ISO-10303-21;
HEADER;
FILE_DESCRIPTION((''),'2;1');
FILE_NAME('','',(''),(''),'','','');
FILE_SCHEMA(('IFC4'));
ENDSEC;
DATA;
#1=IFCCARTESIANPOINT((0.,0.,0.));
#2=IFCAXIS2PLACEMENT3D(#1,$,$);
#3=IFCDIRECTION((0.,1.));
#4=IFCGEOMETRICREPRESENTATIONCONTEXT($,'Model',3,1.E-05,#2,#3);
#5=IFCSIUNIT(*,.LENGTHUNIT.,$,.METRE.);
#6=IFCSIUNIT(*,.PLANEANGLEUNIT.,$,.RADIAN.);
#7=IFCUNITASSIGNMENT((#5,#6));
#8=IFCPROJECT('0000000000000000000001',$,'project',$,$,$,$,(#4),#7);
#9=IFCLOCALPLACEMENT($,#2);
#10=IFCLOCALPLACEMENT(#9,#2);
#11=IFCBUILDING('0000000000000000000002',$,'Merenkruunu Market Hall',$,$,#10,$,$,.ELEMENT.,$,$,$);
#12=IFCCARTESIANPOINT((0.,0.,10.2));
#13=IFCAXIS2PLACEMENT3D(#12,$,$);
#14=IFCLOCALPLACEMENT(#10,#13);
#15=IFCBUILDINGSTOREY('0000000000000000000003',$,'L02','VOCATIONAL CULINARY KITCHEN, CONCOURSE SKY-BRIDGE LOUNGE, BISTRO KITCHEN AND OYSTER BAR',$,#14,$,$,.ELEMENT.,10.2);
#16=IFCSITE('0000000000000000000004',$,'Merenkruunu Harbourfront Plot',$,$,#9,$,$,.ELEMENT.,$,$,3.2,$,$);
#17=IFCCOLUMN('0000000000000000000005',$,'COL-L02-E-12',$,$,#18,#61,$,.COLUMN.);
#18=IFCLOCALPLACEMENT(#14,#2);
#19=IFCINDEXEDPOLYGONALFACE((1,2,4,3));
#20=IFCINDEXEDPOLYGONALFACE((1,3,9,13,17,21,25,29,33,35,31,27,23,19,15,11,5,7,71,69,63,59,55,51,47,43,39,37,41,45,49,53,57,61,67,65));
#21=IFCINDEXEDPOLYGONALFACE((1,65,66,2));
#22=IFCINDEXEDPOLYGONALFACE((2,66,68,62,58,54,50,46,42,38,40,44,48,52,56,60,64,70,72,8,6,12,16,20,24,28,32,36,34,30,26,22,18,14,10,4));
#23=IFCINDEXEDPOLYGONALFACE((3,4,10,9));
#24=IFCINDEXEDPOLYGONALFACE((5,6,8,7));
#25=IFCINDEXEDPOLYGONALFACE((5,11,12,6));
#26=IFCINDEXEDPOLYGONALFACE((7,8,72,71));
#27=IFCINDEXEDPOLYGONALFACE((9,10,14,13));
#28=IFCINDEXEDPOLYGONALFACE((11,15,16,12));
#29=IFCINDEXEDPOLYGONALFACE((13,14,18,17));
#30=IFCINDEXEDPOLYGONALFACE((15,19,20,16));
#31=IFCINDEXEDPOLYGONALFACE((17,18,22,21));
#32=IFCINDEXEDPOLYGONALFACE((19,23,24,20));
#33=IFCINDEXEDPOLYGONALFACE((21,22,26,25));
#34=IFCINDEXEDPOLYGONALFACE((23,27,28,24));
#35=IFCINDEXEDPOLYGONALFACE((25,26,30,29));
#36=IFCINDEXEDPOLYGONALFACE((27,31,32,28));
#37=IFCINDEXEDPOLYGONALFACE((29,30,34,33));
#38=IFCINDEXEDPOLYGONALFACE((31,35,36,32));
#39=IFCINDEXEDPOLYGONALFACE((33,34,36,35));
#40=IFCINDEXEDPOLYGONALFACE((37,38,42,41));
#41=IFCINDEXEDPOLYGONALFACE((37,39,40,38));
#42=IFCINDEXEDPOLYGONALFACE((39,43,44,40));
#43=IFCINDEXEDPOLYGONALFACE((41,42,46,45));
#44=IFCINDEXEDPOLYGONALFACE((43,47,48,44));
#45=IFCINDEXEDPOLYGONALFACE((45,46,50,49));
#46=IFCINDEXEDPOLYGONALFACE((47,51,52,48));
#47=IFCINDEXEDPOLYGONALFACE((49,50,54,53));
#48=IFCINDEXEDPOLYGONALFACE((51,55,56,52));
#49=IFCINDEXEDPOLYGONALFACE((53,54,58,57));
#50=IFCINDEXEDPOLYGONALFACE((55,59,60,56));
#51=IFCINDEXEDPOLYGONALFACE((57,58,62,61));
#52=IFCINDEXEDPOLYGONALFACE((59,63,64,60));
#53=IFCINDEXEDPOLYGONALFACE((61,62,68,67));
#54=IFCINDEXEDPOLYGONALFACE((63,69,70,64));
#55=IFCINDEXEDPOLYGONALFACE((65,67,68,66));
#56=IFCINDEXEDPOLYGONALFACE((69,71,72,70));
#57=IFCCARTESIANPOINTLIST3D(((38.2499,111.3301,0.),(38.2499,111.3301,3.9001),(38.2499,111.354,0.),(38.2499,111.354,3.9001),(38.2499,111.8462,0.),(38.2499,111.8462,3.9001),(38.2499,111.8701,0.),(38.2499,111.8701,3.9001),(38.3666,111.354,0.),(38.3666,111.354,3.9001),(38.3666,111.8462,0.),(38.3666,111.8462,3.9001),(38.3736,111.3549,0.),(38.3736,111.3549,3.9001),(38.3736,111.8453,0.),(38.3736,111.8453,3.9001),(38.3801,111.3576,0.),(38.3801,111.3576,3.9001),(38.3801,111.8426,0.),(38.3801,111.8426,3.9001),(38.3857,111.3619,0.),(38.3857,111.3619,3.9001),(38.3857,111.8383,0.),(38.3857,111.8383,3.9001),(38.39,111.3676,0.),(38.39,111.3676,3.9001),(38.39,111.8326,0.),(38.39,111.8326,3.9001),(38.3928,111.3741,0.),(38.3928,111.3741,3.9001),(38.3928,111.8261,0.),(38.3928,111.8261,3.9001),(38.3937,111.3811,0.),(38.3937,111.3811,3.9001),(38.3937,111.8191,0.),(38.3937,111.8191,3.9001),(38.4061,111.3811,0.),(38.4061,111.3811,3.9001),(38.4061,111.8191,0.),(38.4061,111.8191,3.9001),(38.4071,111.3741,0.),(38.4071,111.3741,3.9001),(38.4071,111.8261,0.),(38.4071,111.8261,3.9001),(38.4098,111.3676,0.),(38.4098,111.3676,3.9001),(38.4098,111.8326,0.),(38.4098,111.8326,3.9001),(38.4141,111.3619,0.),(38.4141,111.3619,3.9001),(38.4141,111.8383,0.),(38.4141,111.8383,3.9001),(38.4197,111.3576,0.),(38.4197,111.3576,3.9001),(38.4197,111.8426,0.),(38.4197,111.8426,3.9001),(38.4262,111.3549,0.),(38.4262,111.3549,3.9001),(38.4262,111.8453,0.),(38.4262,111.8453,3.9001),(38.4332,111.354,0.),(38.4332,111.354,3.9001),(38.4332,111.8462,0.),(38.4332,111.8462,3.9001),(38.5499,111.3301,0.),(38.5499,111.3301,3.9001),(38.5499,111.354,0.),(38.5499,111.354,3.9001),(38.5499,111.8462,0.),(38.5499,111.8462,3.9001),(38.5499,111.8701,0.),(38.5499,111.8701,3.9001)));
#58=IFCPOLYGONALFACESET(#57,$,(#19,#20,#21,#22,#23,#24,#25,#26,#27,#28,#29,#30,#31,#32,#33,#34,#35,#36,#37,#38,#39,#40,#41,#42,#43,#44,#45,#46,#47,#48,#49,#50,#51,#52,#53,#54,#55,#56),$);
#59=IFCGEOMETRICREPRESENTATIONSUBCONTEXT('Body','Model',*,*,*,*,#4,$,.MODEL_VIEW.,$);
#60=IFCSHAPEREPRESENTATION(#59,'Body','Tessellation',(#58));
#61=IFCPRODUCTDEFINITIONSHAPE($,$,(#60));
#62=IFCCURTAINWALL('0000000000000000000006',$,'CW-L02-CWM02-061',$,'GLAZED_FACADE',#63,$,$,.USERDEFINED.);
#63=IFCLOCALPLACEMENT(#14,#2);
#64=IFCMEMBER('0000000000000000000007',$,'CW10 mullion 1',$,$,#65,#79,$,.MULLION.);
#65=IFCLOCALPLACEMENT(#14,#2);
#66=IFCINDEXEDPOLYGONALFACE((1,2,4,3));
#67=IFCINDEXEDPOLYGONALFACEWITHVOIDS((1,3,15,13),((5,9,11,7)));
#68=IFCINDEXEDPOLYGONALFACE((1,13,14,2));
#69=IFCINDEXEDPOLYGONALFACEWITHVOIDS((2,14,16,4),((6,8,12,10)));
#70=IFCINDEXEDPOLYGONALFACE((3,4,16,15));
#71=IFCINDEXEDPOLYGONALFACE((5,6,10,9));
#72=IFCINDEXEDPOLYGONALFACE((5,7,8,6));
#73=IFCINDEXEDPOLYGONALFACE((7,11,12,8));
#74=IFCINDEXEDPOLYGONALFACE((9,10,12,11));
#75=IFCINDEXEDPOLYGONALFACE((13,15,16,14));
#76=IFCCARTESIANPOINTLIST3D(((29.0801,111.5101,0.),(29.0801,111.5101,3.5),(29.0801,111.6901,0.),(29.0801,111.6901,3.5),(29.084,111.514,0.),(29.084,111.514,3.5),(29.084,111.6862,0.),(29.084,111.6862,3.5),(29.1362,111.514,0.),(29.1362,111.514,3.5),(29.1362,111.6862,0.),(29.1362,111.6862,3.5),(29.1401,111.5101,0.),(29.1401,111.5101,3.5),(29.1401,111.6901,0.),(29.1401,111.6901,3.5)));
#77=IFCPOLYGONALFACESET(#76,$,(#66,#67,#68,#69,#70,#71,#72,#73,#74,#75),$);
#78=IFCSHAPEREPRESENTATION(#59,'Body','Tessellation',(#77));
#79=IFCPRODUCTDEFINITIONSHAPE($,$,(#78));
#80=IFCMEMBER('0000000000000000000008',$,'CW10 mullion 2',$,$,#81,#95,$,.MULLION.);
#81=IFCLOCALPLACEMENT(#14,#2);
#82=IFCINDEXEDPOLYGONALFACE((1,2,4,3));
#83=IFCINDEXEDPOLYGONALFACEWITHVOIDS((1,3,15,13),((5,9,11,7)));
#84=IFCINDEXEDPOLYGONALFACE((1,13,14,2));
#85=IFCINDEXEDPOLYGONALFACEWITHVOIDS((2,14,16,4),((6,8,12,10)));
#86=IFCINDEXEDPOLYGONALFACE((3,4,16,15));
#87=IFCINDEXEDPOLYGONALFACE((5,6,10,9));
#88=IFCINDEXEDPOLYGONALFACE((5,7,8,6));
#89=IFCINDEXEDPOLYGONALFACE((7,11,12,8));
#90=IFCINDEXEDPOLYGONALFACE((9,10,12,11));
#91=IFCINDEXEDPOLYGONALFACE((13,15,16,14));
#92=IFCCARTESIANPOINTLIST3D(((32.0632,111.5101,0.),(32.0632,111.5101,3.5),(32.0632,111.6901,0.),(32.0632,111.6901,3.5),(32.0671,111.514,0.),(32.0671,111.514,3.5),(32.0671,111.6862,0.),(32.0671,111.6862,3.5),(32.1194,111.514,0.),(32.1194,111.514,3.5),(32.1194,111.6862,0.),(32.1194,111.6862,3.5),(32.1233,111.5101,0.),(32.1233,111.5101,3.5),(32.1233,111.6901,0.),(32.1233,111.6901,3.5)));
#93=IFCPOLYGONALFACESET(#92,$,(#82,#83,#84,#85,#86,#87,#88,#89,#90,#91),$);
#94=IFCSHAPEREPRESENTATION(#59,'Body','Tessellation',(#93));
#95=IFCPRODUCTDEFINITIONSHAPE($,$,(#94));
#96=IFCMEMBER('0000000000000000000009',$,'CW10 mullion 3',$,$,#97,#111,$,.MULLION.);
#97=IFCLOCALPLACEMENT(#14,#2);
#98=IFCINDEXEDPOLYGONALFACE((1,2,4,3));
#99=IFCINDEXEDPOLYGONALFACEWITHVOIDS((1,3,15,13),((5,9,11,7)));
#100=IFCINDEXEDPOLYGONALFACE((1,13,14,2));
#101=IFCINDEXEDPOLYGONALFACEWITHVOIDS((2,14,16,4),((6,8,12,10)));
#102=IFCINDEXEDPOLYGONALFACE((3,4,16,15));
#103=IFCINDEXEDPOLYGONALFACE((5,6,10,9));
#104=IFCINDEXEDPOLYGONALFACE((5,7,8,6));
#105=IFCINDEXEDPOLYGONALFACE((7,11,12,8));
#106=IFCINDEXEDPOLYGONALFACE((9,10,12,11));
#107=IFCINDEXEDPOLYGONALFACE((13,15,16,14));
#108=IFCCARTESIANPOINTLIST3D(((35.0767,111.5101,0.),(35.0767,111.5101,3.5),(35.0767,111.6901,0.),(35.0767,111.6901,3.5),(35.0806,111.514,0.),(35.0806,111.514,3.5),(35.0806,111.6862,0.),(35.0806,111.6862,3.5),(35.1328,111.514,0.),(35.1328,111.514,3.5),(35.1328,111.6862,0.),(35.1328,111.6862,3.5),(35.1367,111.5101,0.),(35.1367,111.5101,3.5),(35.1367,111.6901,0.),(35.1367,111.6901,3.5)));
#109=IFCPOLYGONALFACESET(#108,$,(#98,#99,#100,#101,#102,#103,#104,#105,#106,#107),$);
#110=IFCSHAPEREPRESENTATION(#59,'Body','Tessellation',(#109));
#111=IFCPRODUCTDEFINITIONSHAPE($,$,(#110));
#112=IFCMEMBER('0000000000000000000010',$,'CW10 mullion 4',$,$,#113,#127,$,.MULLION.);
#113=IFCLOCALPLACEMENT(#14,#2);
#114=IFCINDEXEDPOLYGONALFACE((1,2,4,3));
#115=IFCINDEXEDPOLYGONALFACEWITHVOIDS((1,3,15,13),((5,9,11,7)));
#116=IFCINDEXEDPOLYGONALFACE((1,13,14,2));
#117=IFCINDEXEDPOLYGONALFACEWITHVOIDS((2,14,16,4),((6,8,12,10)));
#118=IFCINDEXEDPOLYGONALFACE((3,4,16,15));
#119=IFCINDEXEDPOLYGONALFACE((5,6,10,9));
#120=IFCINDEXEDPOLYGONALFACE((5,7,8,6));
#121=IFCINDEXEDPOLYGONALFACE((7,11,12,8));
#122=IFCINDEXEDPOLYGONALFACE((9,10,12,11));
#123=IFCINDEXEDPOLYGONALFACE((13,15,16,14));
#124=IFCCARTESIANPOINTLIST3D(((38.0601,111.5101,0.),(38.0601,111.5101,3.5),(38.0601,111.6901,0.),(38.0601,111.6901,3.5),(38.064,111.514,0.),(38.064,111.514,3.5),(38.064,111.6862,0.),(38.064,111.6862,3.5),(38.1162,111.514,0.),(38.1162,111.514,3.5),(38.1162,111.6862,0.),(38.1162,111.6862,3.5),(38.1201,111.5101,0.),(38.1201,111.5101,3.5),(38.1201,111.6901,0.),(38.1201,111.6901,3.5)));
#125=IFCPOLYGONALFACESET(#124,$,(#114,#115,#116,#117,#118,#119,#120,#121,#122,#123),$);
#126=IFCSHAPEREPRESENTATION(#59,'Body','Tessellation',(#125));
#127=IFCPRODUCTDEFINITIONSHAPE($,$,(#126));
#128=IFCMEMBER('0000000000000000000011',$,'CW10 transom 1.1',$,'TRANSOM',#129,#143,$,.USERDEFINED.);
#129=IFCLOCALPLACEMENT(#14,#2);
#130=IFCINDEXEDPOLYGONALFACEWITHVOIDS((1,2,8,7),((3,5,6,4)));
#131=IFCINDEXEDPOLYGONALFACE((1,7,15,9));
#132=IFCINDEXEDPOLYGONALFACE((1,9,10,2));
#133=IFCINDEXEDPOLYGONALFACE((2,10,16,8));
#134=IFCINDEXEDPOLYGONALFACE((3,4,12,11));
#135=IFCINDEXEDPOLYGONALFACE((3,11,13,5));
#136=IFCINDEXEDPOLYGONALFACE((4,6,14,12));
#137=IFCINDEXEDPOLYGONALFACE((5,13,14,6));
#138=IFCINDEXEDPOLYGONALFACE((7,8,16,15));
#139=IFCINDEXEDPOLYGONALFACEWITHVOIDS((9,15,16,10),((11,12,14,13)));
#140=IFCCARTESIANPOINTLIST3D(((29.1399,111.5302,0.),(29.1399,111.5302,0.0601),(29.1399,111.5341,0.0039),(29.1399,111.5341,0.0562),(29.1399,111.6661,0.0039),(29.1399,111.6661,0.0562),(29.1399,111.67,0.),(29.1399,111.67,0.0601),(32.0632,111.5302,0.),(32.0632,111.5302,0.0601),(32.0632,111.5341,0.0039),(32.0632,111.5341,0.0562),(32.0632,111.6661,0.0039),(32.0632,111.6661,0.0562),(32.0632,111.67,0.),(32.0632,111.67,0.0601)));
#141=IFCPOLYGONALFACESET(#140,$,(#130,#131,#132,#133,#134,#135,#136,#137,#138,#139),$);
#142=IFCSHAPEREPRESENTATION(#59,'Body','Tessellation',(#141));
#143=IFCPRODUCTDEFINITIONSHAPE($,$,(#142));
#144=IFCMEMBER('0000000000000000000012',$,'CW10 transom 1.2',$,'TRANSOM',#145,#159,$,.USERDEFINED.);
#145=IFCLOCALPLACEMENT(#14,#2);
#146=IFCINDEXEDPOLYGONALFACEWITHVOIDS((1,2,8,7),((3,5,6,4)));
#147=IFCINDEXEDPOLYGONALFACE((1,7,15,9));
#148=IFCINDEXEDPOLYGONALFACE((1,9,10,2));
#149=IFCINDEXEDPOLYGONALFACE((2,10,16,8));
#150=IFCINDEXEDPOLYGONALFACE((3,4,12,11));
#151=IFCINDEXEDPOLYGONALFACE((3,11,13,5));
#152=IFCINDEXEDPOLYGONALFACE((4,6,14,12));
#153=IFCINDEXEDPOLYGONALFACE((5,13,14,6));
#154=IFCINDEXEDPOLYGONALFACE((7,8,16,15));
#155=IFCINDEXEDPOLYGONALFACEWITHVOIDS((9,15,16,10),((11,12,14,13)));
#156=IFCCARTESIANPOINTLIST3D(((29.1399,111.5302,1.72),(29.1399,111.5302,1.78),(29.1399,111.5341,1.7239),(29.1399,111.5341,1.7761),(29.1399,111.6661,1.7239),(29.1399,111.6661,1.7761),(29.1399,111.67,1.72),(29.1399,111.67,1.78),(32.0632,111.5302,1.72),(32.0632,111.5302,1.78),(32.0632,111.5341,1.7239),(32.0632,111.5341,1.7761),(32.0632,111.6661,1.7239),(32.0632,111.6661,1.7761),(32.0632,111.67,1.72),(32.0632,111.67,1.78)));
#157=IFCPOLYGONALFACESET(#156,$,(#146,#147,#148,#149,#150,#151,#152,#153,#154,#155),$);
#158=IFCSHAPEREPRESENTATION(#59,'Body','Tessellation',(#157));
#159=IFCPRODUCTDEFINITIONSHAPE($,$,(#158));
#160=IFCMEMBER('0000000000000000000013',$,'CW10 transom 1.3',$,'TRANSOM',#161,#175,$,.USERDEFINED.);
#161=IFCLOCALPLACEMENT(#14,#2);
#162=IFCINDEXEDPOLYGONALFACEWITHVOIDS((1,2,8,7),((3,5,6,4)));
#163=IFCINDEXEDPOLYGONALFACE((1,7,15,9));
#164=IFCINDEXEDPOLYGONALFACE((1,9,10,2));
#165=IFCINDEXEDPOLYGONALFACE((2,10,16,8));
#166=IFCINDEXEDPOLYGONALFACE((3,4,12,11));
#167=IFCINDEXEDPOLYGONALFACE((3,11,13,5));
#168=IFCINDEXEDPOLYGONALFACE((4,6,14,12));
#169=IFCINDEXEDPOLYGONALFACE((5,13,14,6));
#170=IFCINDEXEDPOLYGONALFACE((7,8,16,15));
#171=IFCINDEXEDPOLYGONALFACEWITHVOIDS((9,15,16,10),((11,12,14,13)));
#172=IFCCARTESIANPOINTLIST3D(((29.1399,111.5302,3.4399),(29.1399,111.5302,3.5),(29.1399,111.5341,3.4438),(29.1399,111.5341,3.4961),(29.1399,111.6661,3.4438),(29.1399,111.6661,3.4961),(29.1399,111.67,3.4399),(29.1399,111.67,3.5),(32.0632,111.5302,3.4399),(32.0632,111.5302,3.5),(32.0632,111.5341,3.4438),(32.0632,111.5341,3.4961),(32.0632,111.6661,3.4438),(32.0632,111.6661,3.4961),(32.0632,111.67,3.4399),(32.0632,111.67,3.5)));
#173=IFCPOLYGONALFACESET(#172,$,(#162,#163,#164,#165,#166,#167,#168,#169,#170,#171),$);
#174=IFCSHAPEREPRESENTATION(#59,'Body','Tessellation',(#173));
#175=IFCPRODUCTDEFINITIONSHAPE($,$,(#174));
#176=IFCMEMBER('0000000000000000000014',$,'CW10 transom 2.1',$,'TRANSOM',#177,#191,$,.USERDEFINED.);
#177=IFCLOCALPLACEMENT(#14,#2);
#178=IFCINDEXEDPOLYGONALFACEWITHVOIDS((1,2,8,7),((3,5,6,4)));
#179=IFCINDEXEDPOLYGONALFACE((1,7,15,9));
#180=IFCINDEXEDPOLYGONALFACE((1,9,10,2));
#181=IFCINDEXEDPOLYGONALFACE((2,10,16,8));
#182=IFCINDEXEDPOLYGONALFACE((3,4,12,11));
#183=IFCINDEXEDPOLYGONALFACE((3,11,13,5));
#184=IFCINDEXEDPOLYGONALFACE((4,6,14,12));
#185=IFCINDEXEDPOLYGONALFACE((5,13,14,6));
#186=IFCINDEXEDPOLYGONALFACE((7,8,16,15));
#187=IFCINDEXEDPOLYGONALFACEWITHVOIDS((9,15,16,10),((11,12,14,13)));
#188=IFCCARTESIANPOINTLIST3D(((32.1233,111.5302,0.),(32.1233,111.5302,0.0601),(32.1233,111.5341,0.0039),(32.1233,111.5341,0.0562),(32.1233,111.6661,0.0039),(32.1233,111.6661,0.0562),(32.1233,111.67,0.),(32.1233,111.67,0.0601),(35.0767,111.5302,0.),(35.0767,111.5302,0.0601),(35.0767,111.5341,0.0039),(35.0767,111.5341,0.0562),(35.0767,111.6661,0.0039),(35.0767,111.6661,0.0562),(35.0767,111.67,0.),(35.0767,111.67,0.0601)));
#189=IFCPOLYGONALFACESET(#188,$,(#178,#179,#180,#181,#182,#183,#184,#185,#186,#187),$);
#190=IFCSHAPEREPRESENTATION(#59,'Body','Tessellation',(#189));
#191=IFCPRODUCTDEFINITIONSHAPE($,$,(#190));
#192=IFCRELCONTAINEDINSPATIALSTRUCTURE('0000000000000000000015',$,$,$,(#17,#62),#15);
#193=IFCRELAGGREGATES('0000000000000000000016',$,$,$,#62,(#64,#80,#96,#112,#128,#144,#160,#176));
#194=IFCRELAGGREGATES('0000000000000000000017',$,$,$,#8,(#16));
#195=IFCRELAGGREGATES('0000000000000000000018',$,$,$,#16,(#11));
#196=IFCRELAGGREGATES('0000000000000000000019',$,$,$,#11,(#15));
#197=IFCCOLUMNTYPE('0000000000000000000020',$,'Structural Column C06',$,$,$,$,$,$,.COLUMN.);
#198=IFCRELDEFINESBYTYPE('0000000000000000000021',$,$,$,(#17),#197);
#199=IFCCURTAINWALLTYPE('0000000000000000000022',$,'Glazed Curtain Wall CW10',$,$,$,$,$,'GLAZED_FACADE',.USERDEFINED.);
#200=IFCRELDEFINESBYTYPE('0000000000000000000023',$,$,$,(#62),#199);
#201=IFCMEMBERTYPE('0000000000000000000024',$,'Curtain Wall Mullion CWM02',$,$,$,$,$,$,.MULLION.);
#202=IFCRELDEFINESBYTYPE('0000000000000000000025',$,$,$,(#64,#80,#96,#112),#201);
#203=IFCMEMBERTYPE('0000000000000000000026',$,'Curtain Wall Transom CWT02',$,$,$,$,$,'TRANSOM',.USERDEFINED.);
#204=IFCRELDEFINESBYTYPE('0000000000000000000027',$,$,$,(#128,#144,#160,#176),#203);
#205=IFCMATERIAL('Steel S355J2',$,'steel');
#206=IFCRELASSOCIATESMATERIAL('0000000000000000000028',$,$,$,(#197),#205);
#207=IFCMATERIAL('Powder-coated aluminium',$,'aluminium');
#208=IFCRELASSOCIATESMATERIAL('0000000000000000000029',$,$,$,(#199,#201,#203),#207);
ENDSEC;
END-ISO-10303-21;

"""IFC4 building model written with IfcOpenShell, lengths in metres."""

from ifc_helpers import new_model, si_unit, direction, frame, origin, origin_2d, place, context, subcontext, project, spatial, hollow_rectangle, i_section, extrude, material, material_profile, profile_set, type_object, element, aggregate, save


model = new_model("IFC4")

# Units and contexts
model_context = context("Model", 3, precision=1e-05, world=origin(), true_north=direction((0.0, 1.0)))
body_context = subcontext(model_context, "Body", "Model", "MODEL_VIEW")
ifc_project = project(units=[si_unit("LENGTHUNIT", "METRE"), si_unit("PLANEANGLEUNIT", "RADIAN")], contexts=[model_context])

# Site, building, storey
site_placement = place(None, origin())
site = spatial("IfcSite", under=ifc_project, at=site_placement, Name="Merenkruunu Harbourfront Plot", CompositionType="ELEMENT", RefElevation=3.2)
building_placement = place(site_placement, origin())
building = spatial("IfcBuilding", under=site, at=building_placement, Name="Merenkruunu Market Hall", CompositionType="ELEMENT")
storey_placement = place(building_placement, frame((0.0, 0.0, 10.2)))
storey = spatial("IfcBuildingStorey", under=building, at=storey_placement, Name="L02", Description="VOCATIONAL CULINARY KITCHEN, CONCOURSE SKY-BRIDGE LOUNGE, BISTRO KITCHEN AND OYSTER BAR", CompositionType="ELEMENT", Elevation=10.2)

# Column
ifc_material_1 = material(Name="Steel S355J2", Category="steel")
ifc_material_profile_1 = material_profile(ifc_material_1, i_section(OverallWidth=0.3, OverallDepth=0.54, WebThickness=0.0125, FlangeThickness=0.0239, FilletRadius=0.0271, at=origin_2d()), Name="HEA 550")
ifc_profile_set_1 = profile_set([ifc_material_profile_1], Name="Steel S355J2")
column_type = type_object("IfcColumnType", Name="Structural Column C06", PredefinedType="COLUMN", material=ifc_profile_set_1)
column_placement = place(storey_placement, frame((38.3999, 111.6001, 0.0), z_axis=(0.0, 0.0, 1.0), x_axis=(1.0, 0.0, 0.0)))
element("IfcColumn", 1, at=column_placement, inside=storey, type_object=column_type, Name="COL-L02-E-12", PredefinedType="COLUMN", context=body_context, shape_type="SweptSolid", body=[
    extrude(i_section(OverallWidth=0.3, OverallDepth=0.54, WebThickness=0.0125, FlangeThickness=0.0239, FilletRadius=0.0271, at=origin_2d()), origin(), (0.0, 0.0, 1.0), 3.9001),
])

# Curtain wall, members
ifc_material_2 = material(Name="Powder-coated aluminium", Category="aluminium")
curtain_wall_type = type_object("IfcCurtainWallType", Name="Glazed Curtain Wall CW10", ElementType="GLAZED_FACADE", PredefinedType="USERDEFINED", material=ifc_material_2)
curtain_wall_placement = place(storey_placement, origin())
curtain_wall = element("IfcCurtainWall", 2, at=curtain_wall_placement, inside=storey, type_object=curtain_wall_type, Name="CW-L02-CWM02-061", ObjectType="GLAZED_FACADE", PredefinedType="USERDEFINED")
ifc_material_profile_2 = material_profile(ifc_material_2, hollow_rectangle(XDim=0.0601, YDim=0.1799, WallThickness=0.0039, at=origin_2d()), Name="ALU 60x180x4")
ifc_profile_set_2 = profile_set([ifc_material_profile_2], Name="Powder-coated aluminium")
member_type_1 = type_object("IfcMemberType", Name="Curtain Wall Mullion CWM02", PredefinedType="MULLION", material=ifc_profile_set_2)
member_1_placement = place(storey_placement, frame((29.1101, 111.6001, 0.0), z_axis=(0.0, 0.0, 1.0), x_axis=(1.0, 0.0, 0.0)))
member_1 = element("IfcMember", 3, at=member_1_placement, type_object=member_type_1, Name="CW10 mullion 1", PredefinedType="MULLION", context=body_context, shape_type="SweptSolid", body=[
    extrude(hollow_rectangle(XDim=0.0601, YDim=0.1799, WallThickness=0.0039, at=origin_2d()), origin(), (0.0, 0.0, 1.0), 3.5),
])
member_2_placement = place(storey_placement, frame((32.0933, 111.6001, 0.0), z_axis=(0.0, 0.0, 1.0), x_axis=(1.0, 0.0, 0.0)))
member_2 = element("IfcMember", 4, at=member_2_placement, type_object=member_type_1, Name="CW10 mullion 2", PredefinedType="MULLION", context=body_context, shape_type="SweptSolid", body=[
    extrude(hollow_rectangle(XDim=0.0601, YDim=0.1799, WallThickness=0.0039, at=origin_2d()), origin(), (0.0, 0.0, 1.0), 3.5),
])
member_3_placement = place(storey_placement, frame((35.1067, 111.6001, 0.0), z_axis=(0.0, 0.0, 1.0), x_axis=(1.0, 0.0, 0.0)))
member_3 = element("IfcMember", 5, at=member_3_placement, type_object=member_type_1, Name="CW10 mullion 3", PredefinedType="MULLION", context=body_context, shape_type="SweptSolid", body=[
    extrude(hollow_rectangle(XDim=0.0601, YDim=0.1799, WallThickness=0.0039, at=origin_2d()), origin(), (0.0, 0.0, 1.0), 3.5),
])
member_4_placement = place(storey_placement, frame((38.0901, 111.6001, 0.0), z_axis=(0.0, 0.0, 1.0), x_axis=(1.0, 0.0, 0.0)))
member_4 = element("IfcMember", 6, at=member_4_placement, type_object=member_type_1, Name="CW10 mullion 4", PredefinedType="MULLION", context=body_context, shape_type="SweptSolid", body=[
    extrude(hollow_rectangle(XDim=0.0601, YDim=0.1799, WallThickness=0.0039, at=origin_2d()), origin(), (0.0, 0.0, 1.0), 3.5),
])
ifc_material_profile_3 = material_profile(ifc_material_2, hollow_rectangle(XDim=0.0601, YDim=0.1399, WallThickness=0.0039, at=origin_2d()), Name="ALU 60x140x4")
ifc_profile_set_3 = profile_set([ifc_material_profile_3], Name="Powder-coated aluminium")
member_type_2 = type_object("IfcMemberType", Name="Curtain Wall Transom CWT02", ElementType="TRANSOM", PredefinedType="USERDEFINED", material=ifc_profile_set_3)
member_5_placement = place(storey_placement, frame((29.1399, 111.6001, 0.03), z_axis=(1.0, 0.0, 0.0), x_axis=(0.0, 0.0, 1.0)))
member_5 = element("IfcMember", 7, at=member_5_placement, type_object=member_type_2, Name="CW10 transom 1.1", ObjectType="TRANSOM", PredefinedType="USERDEFINED", context=body_context, shape_type="SweptSolid", body=[
    extrude(hollow_rectangle(XDim=0.0601, YDim=0.1399, WallThickness=0.0039, at=origin_2d()), origin(), (0.0, 0.0, 1.0), 2.9233),
])
member_6_placement = place(storey_placement, frame((29.1399, 111.6001, 1.75), z_axis=(1.0, 0.0, 0.0), x_axis=(0.0, 0.0, 1.0)))
member_6 = element("IfcMember", 8, at=member_6_placement, type_object=member_type_2, Name="CW10 transom 1.2", ObjectType="TRANSOM", PredefinedType="USERDEFINED", context=body_context, shape_type="SweptSolid", body=[
    extrude(hollow_rectangle(XDim=0.0601, YDim=0.1399, WallThickness=0.0039, at=origin_2d()), origin(), (0.0, 0.0, 1.0), 2.9233),
])
member_7_placement = place(storey_placement, frame((29.1399, 111.6001, 3.47), z_axis=(1.0, 0.0, 0.0), x_axis=(0.0, 0.0, 1.0)))
member_7 = element("IfcMember", 9, at=member_7_placement, type_object=member_type_2, Name="CW10 transom 1.3", ObjectType="TRANSOM", PredefinedType="USERDEFINED", context=body_context, shape_type="SweptSolid", body=[
    extrude(hollow_rectangle(XDim=0.0601, YDim=0.1399, WallThickness=0.0039, at=origin_2d()), origin(), (0.0, 0.0, 1.0), 2.9233),
])
member_8_placement = place(storey_placement, frame((32.1233, 111.6001, 0.03), z_axis=(1.0, 0.0, 0.0), x_axis=(0.0, 0.0, 1.0)))
member_8 = element("IfcMember", 10, at=member_8_placement, type_object=member_type_2, Name="CW10 transom 2.1", ObjectType="TRANSOM", PredefinedType="USERDEFINED", context=body_context, shape_type="SweptSolid", body=[
    extrude(hollow_rectangle(XDim=0.0601, YDim=0.1399, WallThickness=0.0039, at=origin_2d()), origin(), (0.0, 0.0, 1.0), 2.9534),
])

aggregate(curtain_wall, [member_1, member_2, member_3, member_4, member_5, member_6, member_7, member_8])

save(model, "model.ifc")
